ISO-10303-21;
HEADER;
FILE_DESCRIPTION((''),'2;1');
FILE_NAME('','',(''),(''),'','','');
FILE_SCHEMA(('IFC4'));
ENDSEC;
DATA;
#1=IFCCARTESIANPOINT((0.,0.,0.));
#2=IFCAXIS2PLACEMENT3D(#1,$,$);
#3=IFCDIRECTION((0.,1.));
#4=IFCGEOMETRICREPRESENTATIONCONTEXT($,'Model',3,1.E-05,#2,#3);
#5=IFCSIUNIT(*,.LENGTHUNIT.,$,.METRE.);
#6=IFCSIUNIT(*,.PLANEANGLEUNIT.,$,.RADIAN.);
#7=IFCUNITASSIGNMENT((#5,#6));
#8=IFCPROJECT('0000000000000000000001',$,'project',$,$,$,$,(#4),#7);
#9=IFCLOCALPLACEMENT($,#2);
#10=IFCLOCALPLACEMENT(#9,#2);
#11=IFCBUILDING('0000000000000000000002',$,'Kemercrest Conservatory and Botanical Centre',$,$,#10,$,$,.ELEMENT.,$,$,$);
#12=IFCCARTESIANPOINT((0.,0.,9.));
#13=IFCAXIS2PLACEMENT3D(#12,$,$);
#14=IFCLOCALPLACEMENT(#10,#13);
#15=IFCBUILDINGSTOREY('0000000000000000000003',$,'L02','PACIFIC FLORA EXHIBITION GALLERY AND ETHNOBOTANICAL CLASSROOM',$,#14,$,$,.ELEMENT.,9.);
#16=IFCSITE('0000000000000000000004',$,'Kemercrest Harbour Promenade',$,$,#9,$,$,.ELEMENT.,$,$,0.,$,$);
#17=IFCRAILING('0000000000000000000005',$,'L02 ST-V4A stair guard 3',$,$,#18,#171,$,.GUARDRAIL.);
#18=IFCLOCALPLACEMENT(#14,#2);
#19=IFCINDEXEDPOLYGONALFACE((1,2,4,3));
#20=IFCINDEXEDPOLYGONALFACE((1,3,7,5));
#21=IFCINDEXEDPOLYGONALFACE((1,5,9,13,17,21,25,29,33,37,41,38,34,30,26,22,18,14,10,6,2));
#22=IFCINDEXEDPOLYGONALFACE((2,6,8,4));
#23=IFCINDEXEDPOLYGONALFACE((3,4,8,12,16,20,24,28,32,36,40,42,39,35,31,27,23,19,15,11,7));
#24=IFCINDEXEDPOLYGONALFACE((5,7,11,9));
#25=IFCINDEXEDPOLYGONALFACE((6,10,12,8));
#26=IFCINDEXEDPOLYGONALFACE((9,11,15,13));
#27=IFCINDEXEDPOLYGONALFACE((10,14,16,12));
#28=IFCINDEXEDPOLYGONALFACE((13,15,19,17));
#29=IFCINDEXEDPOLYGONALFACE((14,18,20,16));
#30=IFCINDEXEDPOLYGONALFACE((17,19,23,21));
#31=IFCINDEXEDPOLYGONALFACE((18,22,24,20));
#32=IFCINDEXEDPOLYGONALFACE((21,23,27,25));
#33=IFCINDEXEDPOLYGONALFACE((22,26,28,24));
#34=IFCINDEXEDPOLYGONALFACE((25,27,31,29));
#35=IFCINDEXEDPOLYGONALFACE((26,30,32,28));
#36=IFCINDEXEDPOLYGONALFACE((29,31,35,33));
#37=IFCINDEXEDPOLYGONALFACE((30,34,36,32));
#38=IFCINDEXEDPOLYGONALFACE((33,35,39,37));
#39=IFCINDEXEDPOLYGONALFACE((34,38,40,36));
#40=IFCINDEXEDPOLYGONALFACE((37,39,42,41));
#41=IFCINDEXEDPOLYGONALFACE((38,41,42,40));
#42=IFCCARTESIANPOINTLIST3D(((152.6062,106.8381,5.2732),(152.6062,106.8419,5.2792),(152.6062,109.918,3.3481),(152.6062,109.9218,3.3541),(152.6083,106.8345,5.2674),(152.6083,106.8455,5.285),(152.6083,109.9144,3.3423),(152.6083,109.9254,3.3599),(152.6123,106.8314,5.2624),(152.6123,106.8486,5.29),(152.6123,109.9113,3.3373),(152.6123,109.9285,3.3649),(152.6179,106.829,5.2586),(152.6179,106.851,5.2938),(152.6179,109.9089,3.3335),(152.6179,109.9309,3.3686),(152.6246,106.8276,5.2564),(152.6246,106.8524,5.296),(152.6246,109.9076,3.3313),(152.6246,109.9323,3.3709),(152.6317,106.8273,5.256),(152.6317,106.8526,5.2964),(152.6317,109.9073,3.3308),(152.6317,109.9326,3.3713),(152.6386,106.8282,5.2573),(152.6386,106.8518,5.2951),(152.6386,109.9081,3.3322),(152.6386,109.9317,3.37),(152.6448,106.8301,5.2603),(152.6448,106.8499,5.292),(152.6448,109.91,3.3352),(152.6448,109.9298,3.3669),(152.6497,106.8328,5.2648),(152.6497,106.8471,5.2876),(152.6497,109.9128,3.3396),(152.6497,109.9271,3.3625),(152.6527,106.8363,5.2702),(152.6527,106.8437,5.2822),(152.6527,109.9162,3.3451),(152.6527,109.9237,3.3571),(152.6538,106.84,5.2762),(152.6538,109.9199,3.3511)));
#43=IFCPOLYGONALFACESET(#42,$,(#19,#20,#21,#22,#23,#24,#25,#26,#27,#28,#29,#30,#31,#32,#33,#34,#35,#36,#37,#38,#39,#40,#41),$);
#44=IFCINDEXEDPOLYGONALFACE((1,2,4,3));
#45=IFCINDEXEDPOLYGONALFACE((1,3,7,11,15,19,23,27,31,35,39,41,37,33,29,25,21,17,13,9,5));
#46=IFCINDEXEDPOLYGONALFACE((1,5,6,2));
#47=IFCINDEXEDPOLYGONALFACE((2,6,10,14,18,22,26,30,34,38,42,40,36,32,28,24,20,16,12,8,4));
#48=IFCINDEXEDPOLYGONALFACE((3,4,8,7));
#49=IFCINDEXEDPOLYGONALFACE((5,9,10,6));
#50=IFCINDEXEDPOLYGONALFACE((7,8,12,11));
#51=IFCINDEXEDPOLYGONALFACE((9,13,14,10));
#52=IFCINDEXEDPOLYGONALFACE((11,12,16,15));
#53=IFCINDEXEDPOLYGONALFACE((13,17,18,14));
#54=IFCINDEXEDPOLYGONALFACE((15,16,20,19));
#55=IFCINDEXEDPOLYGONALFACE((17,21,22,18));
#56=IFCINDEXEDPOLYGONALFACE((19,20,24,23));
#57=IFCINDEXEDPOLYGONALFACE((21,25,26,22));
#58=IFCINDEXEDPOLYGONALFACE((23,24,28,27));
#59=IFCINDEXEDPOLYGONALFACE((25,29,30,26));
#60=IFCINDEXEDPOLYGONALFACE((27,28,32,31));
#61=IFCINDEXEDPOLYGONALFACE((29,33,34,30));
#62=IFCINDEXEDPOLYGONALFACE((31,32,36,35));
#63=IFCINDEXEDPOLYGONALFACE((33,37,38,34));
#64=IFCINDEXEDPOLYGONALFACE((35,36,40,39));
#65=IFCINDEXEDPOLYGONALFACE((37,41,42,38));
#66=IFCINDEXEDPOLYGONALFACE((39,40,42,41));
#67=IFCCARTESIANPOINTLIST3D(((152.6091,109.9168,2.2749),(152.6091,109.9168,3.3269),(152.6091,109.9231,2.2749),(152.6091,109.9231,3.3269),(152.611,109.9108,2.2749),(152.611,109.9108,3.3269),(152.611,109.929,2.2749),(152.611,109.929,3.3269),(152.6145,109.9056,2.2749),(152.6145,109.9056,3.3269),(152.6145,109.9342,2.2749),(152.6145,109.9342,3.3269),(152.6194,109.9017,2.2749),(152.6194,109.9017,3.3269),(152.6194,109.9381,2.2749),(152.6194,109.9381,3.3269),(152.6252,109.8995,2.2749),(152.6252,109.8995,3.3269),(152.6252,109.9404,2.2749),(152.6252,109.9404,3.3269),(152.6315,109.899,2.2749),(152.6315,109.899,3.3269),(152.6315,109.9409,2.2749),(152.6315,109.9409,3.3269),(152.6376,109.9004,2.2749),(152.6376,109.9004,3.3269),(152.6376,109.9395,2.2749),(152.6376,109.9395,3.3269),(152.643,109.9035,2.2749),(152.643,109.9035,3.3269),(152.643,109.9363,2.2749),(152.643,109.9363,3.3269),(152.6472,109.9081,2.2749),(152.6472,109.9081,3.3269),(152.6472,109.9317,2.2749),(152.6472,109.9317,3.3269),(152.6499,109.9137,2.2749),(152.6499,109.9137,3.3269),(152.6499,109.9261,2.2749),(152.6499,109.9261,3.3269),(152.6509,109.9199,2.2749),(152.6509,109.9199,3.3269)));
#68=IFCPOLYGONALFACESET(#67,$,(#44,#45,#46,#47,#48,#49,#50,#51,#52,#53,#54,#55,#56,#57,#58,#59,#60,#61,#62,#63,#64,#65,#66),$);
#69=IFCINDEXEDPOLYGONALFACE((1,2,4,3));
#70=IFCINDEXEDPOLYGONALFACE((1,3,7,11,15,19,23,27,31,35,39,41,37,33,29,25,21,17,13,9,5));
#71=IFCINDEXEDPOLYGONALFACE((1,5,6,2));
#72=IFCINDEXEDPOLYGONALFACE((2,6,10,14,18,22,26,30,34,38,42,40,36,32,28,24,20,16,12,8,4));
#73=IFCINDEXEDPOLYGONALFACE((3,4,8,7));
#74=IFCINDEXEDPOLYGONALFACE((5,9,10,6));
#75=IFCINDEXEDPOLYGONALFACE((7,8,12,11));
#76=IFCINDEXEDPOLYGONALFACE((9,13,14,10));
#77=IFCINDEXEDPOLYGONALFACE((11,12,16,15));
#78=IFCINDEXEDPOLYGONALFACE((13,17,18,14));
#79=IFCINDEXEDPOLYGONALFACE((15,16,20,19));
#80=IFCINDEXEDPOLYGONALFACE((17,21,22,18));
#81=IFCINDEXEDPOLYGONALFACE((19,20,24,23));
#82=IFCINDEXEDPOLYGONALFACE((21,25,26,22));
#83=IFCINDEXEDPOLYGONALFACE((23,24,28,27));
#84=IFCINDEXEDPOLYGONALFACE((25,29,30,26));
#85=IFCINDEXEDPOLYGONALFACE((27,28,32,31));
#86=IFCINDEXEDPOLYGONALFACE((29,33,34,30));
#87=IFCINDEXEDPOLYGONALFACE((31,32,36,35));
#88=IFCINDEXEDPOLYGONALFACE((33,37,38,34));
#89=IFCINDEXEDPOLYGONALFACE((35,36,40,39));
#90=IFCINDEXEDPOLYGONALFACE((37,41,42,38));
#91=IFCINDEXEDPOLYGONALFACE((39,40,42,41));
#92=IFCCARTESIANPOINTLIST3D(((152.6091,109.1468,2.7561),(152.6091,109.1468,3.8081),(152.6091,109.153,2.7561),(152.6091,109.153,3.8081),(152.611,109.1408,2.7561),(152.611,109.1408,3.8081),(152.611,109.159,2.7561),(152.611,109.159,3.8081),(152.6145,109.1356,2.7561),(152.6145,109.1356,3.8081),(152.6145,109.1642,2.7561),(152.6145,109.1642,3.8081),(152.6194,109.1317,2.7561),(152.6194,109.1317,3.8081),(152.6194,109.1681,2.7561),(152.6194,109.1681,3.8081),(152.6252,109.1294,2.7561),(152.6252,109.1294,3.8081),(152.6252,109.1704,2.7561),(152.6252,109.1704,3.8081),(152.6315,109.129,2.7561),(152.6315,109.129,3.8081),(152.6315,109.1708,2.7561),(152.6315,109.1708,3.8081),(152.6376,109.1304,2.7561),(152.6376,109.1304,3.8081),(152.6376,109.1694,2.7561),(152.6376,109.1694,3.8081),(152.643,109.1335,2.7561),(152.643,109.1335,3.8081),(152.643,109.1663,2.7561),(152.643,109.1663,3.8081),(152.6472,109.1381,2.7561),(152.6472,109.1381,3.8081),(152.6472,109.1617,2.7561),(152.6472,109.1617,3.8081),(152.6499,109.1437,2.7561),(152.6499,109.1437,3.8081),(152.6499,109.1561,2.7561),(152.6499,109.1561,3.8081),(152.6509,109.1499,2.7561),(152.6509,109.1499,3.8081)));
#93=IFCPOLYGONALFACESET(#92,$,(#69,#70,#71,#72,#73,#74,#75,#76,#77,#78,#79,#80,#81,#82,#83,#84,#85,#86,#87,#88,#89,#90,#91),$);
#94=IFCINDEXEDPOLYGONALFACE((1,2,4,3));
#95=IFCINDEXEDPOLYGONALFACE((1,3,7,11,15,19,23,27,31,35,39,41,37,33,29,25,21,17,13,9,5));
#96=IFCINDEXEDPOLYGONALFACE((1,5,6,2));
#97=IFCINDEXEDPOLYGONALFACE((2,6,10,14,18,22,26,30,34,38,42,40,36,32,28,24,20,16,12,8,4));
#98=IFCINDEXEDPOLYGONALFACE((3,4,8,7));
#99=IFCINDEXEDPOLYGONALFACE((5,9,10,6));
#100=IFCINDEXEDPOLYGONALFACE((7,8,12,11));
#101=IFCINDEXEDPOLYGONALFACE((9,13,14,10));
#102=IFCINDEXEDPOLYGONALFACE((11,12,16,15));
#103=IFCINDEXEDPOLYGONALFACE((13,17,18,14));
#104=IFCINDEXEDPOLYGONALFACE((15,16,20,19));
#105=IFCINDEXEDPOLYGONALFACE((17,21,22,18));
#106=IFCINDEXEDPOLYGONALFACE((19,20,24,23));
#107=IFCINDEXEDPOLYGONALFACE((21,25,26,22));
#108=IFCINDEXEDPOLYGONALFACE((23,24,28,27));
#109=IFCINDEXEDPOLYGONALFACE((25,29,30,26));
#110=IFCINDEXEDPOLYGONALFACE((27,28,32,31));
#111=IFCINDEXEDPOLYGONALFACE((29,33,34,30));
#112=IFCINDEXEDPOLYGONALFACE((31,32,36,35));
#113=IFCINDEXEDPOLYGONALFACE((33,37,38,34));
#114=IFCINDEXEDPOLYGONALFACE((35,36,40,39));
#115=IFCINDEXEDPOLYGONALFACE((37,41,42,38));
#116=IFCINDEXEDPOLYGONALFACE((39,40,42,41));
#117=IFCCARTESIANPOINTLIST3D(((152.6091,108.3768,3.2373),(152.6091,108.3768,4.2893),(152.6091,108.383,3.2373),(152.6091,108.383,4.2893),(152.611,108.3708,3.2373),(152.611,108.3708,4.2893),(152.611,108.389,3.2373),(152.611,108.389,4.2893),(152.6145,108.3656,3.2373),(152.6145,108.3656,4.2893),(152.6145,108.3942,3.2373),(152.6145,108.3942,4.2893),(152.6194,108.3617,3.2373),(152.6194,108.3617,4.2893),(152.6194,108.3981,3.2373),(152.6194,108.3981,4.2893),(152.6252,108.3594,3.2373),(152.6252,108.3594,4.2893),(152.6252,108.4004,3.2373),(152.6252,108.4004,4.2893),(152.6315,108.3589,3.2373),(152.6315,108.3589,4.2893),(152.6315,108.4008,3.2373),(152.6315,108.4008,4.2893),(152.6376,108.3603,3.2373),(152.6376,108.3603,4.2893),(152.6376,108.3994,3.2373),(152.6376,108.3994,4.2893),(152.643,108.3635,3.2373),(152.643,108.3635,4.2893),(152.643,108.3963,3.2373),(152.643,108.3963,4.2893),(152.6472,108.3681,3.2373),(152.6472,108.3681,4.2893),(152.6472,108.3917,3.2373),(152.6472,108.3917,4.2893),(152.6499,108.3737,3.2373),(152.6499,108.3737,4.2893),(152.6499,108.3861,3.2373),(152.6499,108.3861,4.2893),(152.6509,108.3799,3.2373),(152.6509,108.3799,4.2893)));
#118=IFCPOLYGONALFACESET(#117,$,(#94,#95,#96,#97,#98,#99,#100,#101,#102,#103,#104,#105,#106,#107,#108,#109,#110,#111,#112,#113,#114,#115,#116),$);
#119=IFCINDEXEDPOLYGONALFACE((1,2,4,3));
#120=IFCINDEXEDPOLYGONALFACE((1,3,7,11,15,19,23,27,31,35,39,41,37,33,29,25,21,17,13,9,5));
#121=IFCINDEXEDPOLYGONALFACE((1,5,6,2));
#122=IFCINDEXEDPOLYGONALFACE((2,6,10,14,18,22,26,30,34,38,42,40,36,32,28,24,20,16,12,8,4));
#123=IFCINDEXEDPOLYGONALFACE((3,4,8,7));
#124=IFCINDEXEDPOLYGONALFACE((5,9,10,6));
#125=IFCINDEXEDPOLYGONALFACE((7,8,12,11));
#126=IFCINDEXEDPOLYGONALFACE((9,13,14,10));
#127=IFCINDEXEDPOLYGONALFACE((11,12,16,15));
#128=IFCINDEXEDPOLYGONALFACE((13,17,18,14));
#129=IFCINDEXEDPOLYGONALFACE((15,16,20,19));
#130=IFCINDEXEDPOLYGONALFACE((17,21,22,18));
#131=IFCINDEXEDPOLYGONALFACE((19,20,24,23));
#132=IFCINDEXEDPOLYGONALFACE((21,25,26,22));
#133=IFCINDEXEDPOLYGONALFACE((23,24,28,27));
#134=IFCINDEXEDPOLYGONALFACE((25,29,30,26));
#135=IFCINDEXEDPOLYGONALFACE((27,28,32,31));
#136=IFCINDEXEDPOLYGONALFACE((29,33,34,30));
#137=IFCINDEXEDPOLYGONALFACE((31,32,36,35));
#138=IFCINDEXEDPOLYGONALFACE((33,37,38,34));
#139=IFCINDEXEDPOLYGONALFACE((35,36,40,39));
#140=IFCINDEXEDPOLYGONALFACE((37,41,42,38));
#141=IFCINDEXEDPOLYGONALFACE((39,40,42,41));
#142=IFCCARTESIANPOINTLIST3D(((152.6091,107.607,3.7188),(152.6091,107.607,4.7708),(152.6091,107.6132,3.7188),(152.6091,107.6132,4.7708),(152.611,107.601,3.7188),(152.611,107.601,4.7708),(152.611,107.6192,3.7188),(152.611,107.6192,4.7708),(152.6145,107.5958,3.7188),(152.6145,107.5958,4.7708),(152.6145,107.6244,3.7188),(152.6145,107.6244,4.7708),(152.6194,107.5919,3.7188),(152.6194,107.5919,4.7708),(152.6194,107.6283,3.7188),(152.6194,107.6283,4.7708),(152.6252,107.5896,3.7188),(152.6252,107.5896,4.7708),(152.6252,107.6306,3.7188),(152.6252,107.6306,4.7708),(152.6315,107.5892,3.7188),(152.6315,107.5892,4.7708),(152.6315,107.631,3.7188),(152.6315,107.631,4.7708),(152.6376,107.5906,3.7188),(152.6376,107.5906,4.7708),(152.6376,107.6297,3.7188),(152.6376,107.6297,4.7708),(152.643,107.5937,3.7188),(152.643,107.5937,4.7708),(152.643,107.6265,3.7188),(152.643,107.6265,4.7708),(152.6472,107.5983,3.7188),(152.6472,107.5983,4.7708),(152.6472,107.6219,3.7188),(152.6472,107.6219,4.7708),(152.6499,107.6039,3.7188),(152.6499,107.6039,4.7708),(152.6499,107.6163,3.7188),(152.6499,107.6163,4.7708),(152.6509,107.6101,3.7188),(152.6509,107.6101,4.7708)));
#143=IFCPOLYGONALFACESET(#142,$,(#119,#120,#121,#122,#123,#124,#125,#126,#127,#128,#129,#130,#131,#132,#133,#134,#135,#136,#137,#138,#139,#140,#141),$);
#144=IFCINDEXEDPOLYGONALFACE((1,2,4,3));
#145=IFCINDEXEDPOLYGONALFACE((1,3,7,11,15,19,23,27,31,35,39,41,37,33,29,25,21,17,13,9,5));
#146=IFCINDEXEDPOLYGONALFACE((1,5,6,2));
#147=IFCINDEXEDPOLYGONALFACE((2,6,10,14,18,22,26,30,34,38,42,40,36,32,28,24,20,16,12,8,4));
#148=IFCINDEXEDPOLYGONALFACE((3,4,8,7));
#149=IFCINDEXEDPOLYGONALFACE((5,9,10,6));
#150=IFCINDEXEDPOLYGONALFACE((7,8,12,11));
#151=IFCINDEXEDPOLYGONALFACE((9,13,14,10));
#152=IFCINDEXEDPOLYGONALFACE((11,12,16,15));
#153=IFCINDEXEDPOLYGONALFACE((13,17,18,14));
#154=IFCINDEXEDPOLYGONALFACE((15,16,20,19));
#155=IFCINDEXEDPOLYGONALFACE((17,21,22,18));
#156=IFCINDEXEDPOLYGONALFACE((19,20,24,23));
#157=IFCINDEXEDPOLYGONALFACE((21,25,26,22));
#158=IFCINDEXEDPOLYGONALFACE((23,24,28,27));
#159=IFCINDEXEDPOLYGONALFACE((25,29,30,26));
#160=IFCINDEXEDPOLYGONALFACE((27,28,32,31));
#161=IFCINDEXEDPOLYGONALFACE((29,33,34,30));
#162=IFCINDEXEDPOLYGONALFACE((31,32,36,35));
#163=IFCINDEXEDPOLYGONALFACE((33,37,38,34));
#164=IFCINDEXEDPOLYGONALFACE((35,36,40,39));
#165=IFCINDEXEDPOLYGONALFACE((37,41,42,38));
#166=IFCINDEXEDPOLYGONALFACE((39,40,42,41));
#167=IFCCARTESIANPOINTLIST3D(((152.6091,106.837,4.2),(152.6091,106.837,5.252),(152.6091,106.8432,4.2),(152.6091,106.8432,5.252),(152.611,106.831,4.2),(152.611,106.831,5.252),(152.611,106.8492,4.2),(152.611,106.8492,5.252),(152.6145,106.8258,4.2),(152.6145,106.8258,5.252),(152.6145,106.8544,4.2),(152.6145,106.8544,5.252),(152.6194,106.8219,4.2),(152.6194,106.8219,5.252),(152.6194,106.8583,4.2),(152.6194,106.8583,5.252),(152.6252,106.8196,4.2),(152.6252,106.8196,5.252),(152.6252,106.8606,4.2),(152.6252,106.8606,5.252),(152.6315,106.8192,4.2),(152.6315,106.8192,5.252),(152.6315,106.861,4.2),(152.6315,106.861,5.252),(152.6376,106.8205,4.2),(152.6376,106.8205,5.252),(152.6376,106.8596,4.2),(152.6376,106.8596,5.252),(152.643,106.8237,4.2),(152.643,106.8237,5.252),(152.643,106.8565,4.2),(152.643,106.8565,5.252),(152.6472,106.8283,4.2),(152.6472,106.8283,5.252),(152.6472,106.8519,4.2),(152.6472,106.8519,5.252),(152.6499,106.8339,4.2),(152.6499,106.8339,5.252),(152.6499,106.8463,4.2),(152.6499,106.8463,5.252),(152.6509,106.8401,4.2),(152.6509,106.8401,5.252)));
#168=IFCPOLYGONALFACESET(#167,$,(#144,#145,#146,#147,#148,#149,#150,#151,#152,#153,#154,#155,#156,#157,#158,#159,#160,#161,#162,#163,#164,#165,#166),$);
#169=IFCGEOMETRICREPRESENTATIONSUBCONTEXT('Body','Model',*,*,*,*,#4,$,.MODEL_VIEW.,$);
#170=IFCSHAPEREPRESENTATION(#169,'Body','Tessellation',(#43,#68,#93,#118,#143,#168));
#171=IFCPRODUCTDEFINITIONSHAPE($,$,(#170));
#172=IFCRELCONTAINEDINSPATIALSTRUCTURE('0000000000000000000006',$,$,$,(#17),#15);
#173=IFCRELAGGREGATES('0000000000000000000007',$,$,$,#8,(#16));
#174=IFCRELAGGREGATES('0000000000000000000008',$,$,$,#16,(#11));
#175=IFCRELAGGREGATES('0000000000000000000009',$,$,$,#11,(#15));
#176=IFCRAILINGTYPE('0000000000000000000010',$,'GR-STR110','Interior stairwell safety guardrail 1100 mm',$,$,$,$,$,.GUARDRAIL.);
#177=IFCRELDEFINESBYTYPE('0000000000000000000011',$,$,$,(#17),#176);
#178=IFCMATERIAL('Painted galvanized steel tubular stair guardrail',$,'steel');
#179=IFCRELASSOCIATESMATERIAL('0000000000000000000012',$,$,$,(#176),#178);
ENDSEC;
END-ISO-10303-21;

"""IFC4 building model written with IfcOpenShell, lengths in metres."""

from ifc_helpers import new_model, si_unit, direction, frame, origin, origin_2d, place, context, subcontext, project, spatial, circle, extrude, material, type_object, element, save


model = new_model("IFC4")

# Units and contexts
model_context = context("Model", 3, precision=1e-05, world=origin(), true_north=direction((0.0, 1.0)))
body_context = subcontext(model_context, "Body", "Model", "MODEL_VIEW")
ifc_project = project(units=[si_unit("LENGTHUNIT", "METRE"), si_unit("PLANEANGLEUNIT", "RADIAN")], contexts=[model_context])

# Site, building, storey
site_placement = place(None, origin())
site = spatial("IfcSite", under=ifc_project, at=site_placement, Name="Kemercrest Harbour Promenade", CompositionType="ELEMENT", RefElevation=0.0)
building_placement = place(site_placement, origin())
building = spatial("IfcBuilding", under=site, at=building_placement, Name="Kemercrest Conservatory and Botanical Centre", CompositionType="ELEMENT")
storey_placement = place(building_placement, frame((0.0, 0.0, 9.0)))
storey = spatial("IfcBuildingStorey", under=building, at=storey_placement, Name="L02", Description="PACIFIC FLORA EXHIBITION GALLERY AND ETHNOBOTANICAL CLASSROOM", CompositionType="ELEMENT", Elevation=9.0)

# Railing
ifc_material_1 = material(Name="Painted galvanized steel tubular stair guardrail", Category="steel")
railing_type_1 = type_object("IfcRailingType", Name="GR-STR110", Description="Interior stairwell safety guardrail 1100 mm", PredefinedType="GUARDRAIL", material=ifc_material_1)
railing_1_placement = place(storey_placement, frame((152.6299, 109.9199, 2.2749)))
element("IfcRailing", 1, at=railing_1_placement, inside=storey, type_object=railing_type_1, Name="L02 ST-V4A stair guard 3", PredefinedType="GUARDRAIL", context=body_context, shape_type="SweptSolid", body=[
    extrude(circle(Radius=0.0239, at=origin_2d()), frame((0.0, 0.0, 1.0762), z_axis=(0.0, -0.847979, 0.530029), x_axis=(1.0, 0.0, 0.0)), (0.0, 0.0, 1.0), 3.6321),
    extrude(circle(Radius=0.021, at=origin_2d()), origin(), (0.0, 0.0, 1.0), 1.052),
    extrude(circle(Radius=0.021, at=origin_2d()), frame((0.0, -0.77, 0.4812)), (0.0, 0.0, 1.0), 1.052),
    extrude(circle(Radius=0.021, at=origin_2d()), frame((0.0, -1.54, 0.9624)), (0.0, 0.0, 1.0), 1.052),
    extrude(circle(Radius=0.021, at=origin_2d()), frame((0.0, -2.3098, 1.4438)), (0.0, 0.0, 1.0), 1.052),
    extrude(circle(Radius=0.021, at=origin_2d()), frame((0.0, -3.0798, 1.925)), (0.0, 0.0, 1.0), 1.052),
])

save(model, "model.ifc")
